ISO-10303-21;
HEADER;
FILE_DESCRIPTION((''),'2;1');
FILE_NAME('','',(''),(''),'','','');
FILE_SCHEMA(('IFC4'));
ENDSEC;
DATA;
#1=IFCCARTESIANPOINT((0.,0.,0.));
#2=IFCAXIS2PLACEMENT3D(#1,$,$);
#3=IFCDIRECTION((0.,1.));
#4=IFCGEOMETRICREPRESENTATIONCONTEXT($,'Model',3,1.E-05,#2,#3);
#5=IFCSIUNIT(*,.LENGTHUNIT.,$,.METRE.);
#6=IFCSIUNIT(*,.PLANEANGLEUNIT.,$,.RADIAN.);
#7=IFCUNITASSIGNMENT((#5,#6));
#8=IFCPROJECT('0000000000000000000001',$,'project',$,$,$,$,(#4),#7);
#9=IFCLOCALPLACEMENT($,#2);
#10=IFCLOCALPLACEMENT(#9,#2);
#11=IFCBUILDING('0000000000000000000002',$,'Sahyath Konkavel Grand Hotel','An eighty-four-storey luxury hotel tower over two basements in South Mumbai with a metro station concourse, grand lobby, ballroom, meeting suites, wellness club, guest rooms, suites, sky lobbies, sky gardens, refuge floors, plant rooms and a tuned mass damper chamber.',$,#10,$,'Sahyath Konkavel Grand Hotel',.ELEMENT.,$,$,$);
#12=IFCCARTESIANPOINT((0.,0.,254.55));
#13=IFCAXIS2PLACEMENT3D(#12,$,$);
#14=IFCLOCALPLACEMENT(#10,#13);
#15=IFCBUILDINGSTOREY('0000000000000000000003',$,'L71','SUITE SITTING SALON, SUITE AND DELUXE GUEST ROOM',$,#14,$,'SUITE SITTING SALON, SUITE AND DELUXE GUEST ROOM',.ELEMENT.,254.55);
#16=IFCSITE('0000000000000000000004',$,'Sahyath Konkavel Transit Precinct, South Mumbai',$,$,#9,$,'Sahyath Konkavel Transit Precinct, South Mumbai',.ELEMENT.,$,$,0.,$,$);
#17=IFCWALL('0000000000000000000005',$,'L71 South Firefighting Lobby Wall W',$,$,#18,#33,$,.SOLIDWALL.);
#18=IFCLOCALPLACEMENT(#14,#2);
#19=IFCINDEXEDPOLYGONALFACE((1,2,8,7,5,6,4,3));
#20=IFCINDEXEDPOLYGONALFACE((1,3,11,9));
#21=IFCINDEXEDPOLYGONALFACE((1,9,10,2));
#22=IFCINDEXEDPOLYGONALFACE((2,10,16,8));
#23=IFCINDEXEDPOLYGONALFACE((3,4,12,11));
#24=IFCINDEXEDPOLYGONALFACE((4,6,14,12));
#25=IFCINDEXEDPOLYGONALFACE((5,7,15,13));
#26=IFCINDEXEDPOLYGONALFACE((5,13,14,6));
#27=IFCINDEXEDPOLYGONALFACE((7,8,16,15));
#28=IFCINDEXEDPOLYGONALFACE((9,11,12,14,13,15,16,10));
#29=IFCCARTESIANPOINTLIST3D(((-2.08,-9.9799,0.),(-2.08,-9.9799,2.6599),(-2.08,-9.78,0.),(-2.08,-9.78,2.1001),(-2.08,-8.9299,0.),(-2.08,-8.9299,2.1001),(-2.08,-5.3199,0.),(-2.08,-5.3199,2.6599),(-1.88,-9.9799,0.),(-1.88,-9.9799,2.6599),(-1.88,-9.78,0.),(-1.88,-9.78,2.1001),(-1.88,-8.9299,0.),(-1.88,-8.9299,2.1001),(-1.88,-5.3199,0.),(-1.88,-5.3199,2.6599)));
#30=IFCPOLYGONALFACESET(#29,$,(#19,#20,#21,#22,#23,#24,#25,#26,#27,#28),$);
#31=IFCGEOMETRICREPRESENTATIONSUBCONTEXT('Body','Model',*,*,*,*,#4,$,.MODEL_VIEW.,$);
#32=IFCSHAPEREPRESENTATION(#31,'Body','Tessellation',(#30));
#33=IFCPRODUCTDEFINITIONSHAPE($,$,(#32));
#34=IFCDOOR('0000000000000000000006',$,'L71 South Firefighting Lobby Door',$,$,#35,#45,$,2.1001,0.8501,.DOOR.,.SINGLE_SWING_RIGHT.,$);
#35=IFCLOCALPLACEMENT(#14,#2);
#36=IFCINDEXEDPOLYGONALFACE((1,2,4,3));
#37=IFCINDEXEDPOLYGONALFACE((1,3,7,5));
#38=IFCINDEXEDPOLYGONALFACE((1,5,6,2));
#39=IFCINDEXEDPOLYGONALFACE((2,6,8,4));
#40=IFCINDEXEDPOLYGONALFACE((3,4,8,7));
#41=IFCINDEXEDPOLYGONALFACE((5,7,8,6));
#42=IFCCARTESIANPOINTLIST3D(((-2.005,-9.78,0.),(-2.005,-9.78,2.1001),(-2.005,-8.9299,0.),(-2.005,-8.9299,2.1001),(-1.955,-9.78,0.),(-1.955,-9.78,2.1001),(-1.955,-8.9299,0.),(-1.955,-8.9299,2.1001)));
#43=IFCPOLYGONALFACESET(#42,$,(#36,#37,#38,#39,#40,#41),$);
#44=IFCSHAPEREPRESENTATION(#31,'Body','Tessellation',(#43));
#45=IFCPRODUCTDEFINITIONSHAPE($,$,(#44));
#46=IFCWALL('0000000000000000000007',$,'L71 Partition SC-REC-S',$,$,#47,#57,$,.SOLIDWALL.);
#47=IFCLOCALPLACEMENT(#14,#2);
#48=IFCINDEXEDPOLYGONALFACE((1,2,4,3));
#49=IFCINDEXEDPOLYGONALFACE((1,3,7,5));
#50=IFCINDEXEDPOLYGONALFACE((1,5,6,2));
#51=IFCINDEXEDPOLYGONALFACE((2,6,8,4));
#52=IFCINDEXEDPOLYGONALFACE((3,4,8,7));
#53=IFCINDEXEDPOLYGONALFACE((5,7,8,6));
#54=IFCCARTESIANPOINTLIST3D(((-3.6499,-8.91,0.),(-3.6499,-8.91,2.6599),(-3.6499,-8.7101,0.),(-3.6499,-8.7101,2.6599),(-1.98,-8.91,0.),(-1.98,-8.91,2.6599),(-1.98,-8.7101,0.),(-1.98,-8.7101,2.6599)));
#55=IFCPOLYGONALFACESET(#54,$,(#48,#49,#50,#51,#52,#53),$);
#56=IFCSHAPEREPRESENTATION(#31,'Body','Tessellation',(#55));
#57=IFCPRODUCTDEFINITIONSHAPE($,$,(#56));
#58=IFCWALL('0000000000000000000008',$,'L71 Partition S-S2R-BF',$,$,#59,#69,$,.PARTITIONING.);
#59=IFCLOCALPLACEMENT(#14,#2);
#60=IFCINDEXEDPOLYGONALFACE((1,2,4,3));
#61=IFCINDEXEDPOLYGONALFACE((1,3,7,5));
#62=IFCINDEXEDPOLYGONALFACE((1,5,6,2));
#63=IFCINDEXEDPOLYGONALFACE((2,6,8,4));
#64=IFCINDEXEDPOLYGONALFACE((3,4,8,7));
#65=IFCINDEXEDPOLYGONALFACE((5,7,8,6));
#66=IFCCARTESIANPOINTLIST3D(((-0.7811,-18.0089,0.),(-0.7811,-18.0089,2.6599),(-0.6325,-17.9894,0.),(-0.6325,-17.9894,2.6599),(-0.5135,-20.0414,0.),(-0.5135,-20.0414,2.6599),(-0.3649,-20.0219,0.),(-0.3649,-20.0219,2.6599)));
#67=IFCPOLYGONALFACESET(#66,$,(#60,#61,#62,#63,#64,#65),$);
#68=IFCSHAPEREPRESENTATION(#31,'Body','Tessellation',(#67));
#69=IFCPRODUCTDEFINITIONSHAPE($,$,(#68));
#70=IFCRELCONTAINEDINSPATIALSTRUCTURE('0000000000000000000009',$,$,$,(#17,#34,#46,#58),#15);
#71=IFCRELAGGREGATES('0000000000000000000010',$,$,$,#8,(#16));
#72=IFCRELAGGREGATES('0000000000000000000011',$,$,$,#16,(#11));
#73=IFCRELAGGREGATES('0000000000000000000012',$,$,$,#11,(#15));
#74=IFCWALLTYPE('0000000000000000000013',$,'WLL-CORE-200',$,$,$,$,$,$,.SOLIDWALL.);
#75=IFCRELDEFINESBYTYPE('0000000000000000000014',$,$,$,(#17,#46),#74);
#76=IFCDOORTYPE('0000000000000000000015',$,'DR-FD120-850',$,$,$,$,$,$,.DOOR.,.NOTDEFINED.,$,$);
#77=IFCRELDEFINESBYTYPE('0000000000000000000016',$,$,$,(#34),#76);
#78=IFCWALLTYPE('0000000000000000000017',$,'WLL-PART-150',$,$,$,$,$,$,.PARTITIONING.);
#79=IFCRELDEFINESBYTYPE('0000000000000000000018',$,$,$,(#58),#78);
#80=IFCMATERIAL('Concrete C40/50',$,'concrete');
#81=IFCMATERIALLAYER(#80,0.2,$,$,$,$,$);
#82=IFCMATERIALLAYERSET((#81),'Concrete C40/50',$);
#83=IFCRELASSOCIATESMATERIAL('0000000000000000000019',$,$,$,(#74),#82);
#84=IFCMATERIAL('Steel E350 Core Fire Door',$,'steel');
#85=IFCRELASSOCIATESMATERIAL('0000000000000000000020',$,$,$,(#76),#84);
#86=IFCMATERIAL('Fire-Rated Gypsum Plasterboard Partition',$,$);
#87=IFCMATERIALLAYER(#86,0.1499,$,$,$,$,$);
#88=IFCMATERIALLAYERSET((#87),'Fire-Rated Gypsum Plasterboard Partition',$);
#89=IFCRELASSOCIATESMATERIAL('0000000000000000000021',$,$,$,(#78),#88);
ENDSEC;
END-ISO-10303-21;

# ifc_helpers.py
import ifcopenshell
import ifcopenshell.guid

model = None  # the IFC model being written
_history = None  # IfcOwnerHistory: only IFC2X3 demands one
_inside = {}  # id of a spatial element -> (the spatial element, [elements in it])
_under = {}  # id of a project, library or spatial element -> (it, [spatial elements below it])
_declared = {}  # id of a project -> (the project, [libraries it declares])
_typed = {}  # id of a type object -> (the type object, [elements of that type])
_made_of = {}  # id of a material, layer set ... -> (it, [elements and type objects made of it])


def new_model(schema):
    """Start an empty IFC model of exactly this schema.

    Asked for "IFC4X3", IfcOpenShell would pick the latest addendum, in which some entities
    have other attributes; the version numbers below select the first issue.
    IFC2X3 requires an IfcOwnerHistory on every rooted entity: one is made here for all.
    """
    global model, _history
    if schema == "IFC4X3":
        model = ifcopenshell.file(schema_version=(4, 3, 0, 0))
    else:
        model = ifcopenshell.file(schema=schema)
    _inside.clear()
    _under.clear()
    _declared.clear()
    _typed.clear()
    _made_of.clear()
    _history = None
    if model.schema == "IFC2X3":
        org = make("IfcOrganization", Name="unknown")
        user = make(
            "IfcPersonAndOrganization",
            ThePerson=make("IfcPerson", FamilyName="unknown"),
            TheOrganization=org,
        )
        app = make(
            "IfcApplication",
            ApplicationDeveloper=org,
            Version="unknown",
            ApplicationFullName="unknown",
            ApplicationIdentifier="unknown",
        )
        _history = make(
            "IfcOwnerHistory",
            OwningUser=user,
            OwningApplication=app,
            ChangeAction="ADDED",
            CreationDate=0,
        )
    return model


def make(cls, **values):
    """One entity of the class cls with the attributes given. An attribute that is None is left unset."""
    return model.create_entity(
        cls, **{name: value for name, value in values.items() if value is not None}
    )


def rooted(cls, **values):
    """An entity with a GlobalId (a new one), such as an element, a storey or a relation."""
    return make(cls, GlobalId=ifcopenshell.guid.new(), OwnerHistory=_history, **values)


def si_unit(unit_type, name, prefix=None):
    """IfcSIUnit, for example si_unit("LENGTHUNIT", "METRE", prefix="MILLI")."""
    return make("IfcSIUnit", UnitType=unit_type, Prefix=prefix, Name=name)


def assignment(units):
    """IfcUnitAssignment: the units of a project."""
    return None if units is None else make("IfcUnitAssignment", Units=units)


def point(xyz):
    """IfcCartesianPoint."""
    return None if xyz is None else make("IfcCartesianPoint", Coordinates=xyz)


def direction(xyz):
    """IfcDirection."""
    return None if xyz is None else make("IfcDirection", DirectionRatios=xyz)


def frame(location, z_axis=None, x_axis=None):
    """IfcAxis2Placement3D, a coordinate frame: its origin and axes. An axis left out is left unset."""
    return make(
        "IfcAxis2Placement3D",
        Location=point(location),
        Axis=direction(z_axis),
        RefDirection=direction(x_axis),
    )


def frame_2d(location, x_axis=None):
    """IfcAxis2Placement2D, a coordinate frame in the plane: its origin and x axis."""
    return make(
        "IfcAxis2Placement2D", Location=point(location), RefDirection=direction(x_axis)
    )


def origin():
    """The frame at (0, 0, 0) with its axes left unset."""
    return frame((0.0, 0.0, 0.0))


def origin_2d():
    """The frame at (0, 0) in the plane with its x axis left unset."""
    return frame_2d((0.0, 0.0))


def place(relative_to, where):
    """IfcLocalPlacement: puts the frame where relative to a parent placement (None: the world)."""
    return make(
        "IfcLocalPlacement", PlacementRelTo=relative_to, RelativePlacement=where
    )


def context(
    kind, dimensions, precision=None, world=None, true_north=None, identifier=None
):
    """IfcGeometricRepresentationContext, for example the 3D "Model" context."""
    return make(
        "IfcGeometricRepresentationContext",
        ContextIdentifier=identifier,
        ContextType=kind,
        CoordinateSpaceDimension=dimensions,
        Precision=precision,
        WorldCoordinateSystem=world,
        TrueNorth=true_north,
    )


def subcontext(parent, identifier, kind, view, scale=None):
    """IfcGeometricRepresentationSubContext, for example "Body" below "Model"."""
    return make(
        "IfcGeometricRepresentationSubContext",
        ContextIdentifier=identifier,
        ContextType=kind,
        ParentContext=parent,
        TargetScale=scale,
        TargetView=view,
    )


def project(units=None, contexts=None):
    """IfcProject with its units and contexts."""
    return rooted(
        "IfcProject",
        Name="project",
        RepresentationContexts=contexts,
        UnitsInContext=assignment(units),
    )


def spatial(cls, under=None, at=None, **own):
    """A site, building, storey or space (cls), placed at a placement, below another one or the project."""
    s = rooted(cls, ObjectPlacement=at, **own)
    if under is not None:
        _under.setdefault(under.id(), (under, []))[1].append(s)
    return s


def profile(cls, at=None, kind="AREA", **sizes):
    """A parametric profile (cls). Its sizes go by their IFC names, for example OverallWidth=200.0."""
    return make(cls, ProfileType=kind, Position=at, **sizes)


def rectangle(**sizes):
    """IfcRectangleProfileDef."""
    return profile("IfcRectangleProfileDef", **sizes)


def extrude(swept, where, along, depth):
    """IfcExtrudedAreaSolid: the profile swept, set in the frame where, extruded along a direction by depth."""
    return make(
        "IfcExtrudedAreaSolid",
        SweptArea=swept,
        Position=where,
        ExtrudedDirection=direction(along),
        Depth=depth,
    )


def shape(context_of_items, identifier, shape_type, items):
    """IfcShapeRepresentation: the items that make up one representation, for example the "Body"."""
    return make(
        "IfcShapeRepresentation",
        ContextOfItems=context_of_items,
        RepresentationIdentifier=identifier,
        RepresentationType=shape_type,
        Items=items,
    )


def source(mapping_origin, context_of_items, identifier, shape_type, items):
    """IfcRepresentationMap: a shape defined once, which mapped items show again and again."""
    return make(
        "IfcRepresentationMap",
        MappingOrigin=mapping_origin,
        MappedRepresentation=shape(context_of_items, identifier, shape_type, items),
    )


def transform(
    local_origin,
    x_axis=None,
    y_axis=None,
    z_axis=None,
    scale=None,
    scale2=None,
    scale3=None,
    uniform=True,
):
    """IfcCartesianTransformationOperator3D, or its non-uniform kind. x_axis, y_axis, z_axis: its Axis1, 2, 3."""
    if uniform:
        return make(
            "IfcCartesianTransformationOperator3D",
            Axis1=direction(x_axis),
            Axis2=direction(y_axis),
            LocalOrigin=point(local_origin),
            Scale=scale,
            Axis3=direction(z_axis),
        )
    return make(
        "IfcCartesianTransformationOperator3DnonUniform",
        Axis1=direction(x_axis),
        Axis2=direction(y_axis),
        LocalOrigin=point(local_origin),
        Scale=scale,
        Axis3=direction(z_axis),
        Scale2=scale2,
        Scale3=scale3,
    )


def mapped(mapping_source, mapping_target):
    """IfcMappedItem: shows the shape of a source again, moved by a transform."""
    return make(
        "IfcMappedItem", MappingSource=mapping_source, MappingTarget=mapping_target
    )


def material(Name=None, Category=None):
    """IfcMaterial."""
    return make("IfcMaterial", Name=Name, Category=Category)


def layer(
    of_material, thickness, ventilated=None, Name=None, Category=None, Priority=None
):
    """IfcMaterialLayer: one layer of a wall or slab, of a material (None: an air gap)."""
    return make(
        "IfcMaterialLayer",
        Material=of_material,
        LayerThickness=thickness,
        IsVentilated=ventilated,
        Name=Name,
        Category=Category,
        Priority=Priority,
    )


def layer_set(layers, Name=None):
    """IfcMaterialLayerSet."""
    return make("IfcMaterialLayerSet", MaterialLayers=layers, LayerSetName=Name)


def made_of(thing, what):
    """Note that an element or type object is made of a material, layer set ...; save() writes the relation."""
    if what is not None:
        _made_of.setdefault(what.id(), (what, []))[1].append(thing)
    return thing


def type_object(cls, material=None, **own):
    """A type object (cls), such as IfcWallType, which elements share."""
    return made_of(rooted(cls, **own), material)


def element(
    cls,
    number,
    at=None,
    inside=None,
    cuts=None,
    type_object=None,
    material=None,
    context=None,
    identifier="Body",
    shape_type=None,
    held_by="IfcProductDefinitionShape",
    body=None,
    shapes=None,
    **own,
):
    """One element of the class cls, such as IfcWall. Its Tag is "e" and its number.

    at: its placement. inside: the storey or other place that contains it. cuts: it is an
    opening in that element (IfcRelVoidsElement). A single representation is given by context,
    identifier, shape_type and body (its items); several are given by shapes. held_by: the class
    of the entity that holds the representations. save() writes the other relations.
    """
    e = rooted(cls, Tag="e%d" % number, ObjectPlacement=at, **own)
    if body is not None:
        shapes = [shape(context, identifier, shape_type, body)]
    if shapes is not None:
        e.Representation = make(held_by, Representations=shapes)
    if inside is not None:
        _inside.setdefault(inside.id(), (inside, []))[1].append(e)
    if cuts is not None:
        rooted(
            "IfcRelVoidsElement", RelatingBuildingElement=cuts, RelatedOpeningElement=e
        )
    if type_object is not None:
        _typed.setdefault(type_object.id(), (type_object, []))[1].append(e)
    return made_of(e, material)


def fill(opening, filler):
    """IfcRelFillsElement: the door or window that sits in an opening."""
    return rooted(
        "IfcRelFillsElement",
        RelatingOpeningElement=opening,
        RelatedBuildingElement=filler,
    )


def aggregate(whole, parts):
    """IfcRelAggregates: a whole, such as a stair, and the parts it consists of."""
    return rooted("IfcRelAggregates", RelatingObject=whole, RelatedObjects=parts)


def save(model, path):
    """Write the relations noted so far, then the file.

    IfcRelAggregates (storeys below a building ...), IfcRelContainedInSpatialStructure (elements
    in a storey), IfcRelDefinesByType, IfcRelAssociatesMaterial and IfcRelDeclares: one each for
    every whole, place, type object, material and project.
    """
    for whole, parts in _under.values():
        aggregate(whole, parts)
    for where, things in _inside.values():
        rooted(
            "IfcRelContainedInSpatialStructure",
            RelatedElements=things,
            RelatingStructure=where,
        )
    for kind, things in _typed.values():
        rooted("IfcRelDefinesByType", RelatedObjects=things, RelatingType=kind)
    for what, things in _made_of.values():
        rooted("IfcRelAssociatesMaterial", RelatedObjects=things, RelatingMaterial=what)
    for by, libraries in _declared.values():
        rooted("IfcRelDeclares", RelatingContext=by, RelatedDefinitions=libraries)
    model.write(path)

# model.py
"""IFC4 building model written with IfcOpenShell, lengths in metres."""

from ifc_helpers import new_model, si_unit, direction, frame, frame_2d, origin, origin_2d, place, context, subcontext, project, spatial, rectangle, extrude, source, transform, mapped, material, layer, layer_set, type_object, element, fill, save


model = new_model("IFC4")

# Units and contexts
model_context = context("Model", 3, precision=1e-05, world=origin(), true_north=direction((0.0, 1.0)))
body_context = subcontext(model_context, "Body", "Model", "MODEL_VIEW")
ifc_project = project(units=[si_unit("LENGTHUNIT", "METRE"), si_unit("PLANEANGLEUNIT", "RADIAN")], contexts=[model_context])

# Site, building, storey
site_placement = place(None, origin())
site = spatial("IfcSite", under=ifc_project, at=site_placement, Name="Sahyath Konkavel Transit Precinct, South Mumbai", LongName="Sahyath Konkavel Transit Precinct, South Mumbai", CompositionType="ELEMENT", RefElevation=0.0)
building_placement = place(site_placement, origin())
building = spatial("IfcBuilding", under=site, at=building_placement, Name="Sahyath Konkavel Grand Hotel", Description="An eighty-four-storey luxury hotel tower over two basements in South Mumbai with a metro station concourse, grand lobby, ballroom, meeting suites, wellness club, guest rooms, suites, sky lobbies, sky gardens, refuge floors, plant rooms and a tuned mass damper chamber.", LongName="Sahyath Konkavel Grand Hotel", CompositionType="ELEMENT")
storey_placement = place(building_placement, frame((0.0, 0.0, 254.55)))
storey = spatial("IfcBuildingStorey", under=building, at=storey_placement, Name="L71", Description="SUITE SITTING SALON, SUITE AND DELUXE GUEST ROOM", LongName="SUITE SITTING SALON, SUITE AND DELUXE GUEST ROOM", CompositionType="ELEMENT", Elevation=254.55)

# Shared definitions
ifc_material_1 = material(Name="Concrete C40/50", Category="concrete")

# Wall, opening, door
ifc_layer_1 = layer(ifc_material_1, 0.2)
ifc_layer_set_1 = layer_set([ifc_layer_1], Name="Concrete C40/50")
wall_type_1 = type_object("IfcWallType", Name="WLL-CORE-200", PredefinedType="SOLIDWALL", material=ifc_layer_set_1)
wall_1_placement = place(storey_placement, frame((-1.98, -9.98, 0.0), z_axis=(0.0, 0.0, 1.0), x_axis=(0.0, 1.0, 0.0)))
wall_1 = element("IfcWall", 1, at=wall_1_placement, inside=storey, type_object=wall_type_1, Name="L71 South Firefighting Lobby Wall W", PredefinedType="SOLIDWALL", context=body_context, shape_type="SweptSolid", body=[
    extrude(rectangle(XDim=4.6599, YDim=0.2, at=frame_2d((2.3301, 0.0))), origin(), (0.0, 0.0, 1.0), 2.6599),
])
opening_1_placement = place(wall_1_placement, frame((0.2, 0.0, 0.0)))
opening_1 = element("IfcOpeningElement", 2, at=opening_1_placement, cuts=wall_1, PredefinedType="OPENING", context=body_context, shape_type="SweptSolid", body=[
    extrude(rectangle(XDim=0.8501, YDim=2.1001, at=frame_2d((0.425, 1.05))), frame((0.0, 0.1099, 0.0), z_axis=(0.0, -1.0, 0.0), x_axis=(1.0, 0.0, 0.0)), (0.0, 0.0, 1.0), 0.22),
])
ifc_material_2 = material(Name="Steel E350 Core Fire Door", Category="steel")
door_type_1 = type_object("IfcDoorType", Name="DR-FD120-850", OperationType="NOTDEFINED", PredefinedType="DOOR", material=ifc_material_2)
shared_shape_1 = source(origin(), body_context, "Body", "SweptSolid", [
    extrude(rectangle(XDim=0.8501, YDim=0.05, at=origin_2d()), origin(), (0.0, 0.0, 1.0), 2.1001),
])
door_1_placement = place(opening_1_placement, frame((0.425, 0.0, 0.0)))
door_1 = element("IfcDoor", 3, at=door_1_placement, inside=storey, type_object=door_type_1, Name="L71 South Firefighting Lobby Door", OperationType="SINGLE_SWING_RIGHT", OverallHeight=2.1001, OverallWidth=0.8501, PredefinedType="DOOR", context=body_context, shape_type="MappedRepresentation", body=[
    mapped(shared_shape_1, transform((0.0, 0.0, 0.0), scale=1.0)),
])
fill(opening_1, door_1)

# Walls
wall_2_placement = place(storey_placement, frame((-3.6499, -8.8101, 0.0), z_axis=(0.0, 0.0, 1.0), x_axis=(1.0, 0.0, 0.0)))
element("IfcWall", 4, at=wall_2_placement, inside=storey, type_object=wall_type_1, Name="L71 Partition SC-REC-S", PredefinedType="SOLIDWALL", context=body_context, shape_type="SweptSolid", body=[
    extrude(rectangle(XDim=1.6699, YDim=0.2, at=frame_2d((0.835, 0.0))), origin(), (0.0, 0.0, 1.0), 2.6599),
])
ifc_material_3 = material(Name="Fire-Rated Gypsum Plasterboard Partition")
ifc_layer_2 = layer(ifc_material_3, 0.1499)
ifc_layer_set_2 = layer_set([ifc_layer_2], Name="Fire-Rated Gypsum Plasterboard Partition")
wall_type_2 = type_object("IfcWallType", Name="WLL-PART-150", PredefinedType="PARTITIONING", material=ifc_layer_set_2)
wall_3_placement = place(storey_placement, frame((-0.7068, -17.9993, 0.0), z_axis=(0.0, 0.0, 1.0), x_axis=(0.130525, -0.991445, 0.0)))
element("IfcWall", 5, at=wall_3_placement, inside=storey, type_object=wall_type_2, Name="L71 Partition S-S2R-BF", PredefinedType="PARTITIONING", context=body_context, shape_type="SweptSolid", body=[
    extrude(rectangle(XDim=2.05, YDim=0.1499, at=frame_2d((1.0249, 0.0))), origin(), (0.0, 0.0, 1.0), 2.6599),
])

save(model, "model.ifc")
